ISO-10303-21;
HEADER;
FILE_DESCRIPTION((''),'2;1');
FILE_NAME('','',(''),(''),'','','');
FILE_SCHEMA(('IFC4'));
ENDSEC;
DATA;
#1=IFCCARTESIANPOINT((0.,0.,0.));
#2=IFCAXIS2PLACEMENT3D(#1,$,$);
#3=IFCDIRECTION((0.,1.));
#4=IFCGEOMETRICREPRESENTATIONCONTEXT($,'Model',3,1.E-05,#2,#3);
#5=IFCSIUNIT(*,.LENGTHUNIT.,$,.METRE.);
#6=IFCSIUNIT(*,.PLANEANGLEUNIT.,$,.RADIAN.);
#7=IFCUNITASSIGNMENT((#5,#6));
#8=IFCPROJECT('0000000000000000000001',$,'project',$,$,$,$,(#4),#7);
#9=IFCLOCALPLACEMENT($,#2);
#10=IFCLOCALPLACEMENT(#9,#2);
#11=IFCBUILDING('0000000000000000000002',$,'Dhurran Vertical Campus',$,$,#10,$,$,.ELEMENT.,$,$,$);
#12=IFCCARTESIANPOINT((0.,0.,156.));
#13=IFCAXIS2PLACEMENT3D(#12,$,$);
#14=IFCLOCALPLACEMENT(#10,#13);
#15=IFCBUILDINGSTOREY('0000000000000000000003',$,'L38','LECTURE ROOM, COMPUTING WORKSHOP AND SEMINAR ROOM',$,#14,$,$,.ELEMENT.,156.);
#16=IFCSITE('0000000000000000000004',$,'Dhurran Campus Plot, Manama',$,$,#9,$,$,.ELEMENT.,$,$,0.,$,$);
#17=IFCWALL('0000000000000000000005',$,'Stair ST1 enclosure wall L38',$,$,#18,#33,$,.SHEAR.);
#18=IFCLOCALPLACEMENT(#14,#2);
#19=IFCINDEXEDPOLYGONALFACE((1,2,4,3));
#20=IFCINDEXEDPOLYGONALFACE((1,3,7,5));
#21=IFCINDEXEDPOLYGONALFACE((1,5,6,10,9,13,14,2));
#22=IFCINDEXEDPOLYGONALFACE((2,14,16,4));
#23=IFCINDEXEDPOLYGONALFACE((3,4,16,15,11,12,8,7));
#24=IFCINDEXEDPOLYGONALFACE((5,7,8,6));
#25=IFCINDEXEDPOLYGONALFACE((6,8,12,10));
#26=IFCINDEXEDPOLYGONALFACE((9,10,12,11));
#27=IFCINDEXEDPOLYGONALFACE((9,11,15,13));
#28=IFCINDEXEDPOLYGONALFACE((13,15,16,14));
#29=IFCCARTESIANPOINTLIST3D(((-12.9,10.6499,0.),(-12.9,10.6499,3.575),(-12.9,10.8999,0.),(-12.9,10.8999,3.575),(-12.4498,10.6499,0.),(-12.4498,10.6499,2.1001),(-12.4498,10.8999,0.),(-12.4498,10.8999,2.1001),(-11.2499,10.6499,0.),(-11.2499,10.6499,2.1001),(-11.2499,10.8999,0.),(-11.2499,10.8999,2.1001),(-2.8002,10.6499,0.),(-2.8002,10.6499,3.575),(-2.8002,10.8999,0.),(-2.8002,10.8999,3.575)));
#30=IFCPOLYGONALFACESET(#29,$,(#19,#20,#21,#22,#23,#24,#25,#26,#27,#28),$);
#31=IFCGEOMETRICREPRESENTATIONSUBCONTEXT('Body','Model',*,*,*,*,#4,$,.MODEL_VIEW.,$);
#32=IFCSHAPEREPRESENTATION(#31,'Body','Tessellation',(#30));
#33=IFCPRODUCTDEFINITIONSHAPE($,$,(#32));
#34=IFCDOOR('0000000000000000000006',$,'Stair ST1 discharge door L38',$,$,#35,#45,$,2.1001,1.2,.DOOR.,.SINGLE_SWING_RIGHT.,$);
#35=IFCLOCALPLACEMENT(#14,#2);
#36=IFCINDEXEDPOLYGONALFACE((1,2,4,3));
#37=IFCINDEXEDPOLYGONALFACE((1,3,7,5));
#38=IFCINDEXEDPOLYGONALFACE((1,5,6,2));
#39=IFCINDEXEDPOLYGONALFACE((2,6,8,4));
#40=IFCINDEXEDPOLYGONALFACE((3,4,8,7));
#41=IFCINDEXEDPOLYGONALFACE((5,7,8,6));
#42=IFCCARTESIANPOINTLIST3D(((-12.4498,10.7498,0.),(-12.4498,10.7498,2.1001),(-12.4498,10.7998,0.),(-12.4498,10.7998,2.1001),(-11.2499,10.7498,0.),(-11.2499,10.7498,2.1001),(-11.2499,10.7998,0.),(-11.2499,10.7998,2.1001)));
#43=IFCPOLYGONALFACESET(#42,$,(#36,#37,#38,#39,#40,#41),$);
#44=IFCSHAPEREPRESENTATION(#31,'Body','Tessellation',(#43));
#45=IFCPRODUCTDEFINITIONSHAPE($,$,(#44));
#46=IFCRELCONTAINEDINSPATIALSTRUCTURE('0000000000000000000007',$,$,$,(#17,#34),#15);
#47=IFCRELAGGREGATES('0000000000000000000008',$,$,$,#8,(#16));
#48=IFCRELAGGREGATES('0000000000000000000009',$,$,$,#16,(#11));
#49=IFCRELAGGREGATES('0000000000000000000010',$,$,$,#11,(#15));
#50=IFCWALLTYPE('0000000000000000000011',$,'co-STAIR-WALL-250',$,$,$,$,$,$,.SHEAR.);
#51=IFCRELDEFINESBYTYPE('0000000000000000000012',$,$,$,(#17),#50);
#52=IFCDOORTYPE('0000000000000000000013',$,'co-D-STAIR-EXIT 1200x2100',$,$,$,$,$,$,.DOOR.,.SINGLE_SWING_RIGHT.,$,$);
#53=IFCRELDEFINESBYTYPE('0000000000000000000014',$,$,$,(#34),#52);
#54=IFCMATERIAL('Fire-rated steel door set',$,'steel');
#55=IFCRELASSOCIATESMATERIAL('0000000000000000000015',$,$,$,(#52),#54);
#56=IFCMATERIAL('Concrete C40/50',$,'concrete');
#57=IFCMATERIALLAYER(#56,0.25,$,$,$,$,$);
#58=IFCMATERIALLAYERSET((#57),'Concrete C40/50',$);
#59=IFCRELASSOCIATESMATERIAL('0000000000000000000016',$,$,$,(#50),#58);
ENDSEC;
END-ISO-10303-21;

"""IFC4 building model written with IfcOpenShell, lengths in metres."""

from ifc_helpers import new_model, si_unit, direction, frame, frame_2d, origin, place, context, subcontext, project, spatial, rectangle, extrude, material, layer, layer_set, type_object, element, fill, save


model = new_model("IFC4")

# Units and contexts
model_context = context("Model", 3, precision=1e-05, world=origin(), true_north=direction((0.0, 1.0)))
body_context = subcontext(model_context, "Body", "Model", "MODEL_VIEW")
ifc_project = project(units=[si_unit("LENGTHUNIT", "METRE"), si_unit("PLANEANGLEUNIT", "RADIAN")], contexts=[model_context])

# Site, building, storey
site_placement = place(None, origin())
site = spatial("IfcSite", under=ifc_project, at=site_placement, Name="Dhurran Campus Plot, Manama", CompositionType="ELEMENT", RefElevation=0.0)
building_placement = place(site_placement, origin())
building = spatial("IfcBuilding", under=site, at=building_placement, Name="Dhurran Vertical Campus", CompositionType="ELEMENT")
storey_placement = place(building_placement, frame((0.0, 0.0, 156.0)))
storey = spatial("IfcBuildingStorey", under=building, at=storey_placement, Name="L38", Description="LECTURE ROOM, COMPUTING WORKSHOP AND SEMINAR ROOM", CompositionType="ELEMENT", Elevation=156.0)

# Shared definitions
ifc_material_1 = material(Name="Fire-rated steel door set", Category="steel")
door_type_1 = type_object("IfcDoorType", Name="co-D-STAIR-EXIT 1200x2100", OperationType="SINGLE_SWING_RIGHT", PredefinedType="DOOR", material=ifc_material_1)

# Wall, opening, door
ifc_material_2 = material(Name="Concrete C40/50", Category="concrete")
ifc_layer_1 = layer(ifc_material_2, 0.25)
ifc_layer_set_1 = layer_set([ifc_layer_1], Name="Concrete C40/50")
wall_type_1 = type_object("IfcWallType", Name="co-STAIR-WALL-250", PredefinedType="SHEAR", material=ifc_layer_set_1)
wall_1_placement = place(storey_placement, frame((-12.8999, 10.7749, 0.0), z_axis=(0.0, 0.0, 1.0), x_axis=(1.0, 0.0, 0.0)))
wall_1 = element("IfcWall", 1, at=wall_1_placement, inside=storey, type_object=wall_type_1, Name="Stair ST1 enclosure wall L38", PredefinedType="SHEAR", context=body_context, shape_type="SweptSolid", body=[
    extrude(rectangle(XDim=10.0999, YDim=0.25, at=frame_2d((5.0498, 0.0))), origin(), (0.0, 0.0, 1.0), 3.575),
])
opening_1_placement = place(wall_1_placement, frame((0.45, 0.0, 0.0)))
opening_1 = element("IfcOpeningElement", 2, at=opening_1_placement, cuts=wall_1, PredefinedType="OPENING", context=body_context, shape_type="SweptSolid", body=[
    extrude(rectangle(XDim=1.2, YDim=2.1001, at=frame_2d((0.6001, 1.05))), frame((0.0, 0.135, 0.0), z_axis=(0.0, -1.0, 0.0), x_axis=(1.0, 0.0, 0.0)), (0.0, 0.0, 1.0), 0.27),
])
door_1_placement = place(opening_1_placement, origin())
door_1 = element("IfcDoor", 3, at=door_1_placement, inside=storey, type_object=door_type_1, Name="Stair ST1 discharge door L38", OperationType="SINGLE_SWING_RIGHT", OverallHeight=2.1001, OverallWidth=1.2, PredefinedType="DOOR", context=body_context, shape_type="SweptSolid", body=[
    extrude(rectangle(XDim=1.2, YDim=2.1001, at=frame_2d((0.6001, 1.05))), frame((0.0, 0.0249, 0.0), z_axis=(0.0, -1.0, 0.0), x_axis=(1.0, 0.0, 0.0)), (0.0, 0.0, 1.0), 0.05),
])
fill(opening_1, door_1)

save(model, "model.ifc")
